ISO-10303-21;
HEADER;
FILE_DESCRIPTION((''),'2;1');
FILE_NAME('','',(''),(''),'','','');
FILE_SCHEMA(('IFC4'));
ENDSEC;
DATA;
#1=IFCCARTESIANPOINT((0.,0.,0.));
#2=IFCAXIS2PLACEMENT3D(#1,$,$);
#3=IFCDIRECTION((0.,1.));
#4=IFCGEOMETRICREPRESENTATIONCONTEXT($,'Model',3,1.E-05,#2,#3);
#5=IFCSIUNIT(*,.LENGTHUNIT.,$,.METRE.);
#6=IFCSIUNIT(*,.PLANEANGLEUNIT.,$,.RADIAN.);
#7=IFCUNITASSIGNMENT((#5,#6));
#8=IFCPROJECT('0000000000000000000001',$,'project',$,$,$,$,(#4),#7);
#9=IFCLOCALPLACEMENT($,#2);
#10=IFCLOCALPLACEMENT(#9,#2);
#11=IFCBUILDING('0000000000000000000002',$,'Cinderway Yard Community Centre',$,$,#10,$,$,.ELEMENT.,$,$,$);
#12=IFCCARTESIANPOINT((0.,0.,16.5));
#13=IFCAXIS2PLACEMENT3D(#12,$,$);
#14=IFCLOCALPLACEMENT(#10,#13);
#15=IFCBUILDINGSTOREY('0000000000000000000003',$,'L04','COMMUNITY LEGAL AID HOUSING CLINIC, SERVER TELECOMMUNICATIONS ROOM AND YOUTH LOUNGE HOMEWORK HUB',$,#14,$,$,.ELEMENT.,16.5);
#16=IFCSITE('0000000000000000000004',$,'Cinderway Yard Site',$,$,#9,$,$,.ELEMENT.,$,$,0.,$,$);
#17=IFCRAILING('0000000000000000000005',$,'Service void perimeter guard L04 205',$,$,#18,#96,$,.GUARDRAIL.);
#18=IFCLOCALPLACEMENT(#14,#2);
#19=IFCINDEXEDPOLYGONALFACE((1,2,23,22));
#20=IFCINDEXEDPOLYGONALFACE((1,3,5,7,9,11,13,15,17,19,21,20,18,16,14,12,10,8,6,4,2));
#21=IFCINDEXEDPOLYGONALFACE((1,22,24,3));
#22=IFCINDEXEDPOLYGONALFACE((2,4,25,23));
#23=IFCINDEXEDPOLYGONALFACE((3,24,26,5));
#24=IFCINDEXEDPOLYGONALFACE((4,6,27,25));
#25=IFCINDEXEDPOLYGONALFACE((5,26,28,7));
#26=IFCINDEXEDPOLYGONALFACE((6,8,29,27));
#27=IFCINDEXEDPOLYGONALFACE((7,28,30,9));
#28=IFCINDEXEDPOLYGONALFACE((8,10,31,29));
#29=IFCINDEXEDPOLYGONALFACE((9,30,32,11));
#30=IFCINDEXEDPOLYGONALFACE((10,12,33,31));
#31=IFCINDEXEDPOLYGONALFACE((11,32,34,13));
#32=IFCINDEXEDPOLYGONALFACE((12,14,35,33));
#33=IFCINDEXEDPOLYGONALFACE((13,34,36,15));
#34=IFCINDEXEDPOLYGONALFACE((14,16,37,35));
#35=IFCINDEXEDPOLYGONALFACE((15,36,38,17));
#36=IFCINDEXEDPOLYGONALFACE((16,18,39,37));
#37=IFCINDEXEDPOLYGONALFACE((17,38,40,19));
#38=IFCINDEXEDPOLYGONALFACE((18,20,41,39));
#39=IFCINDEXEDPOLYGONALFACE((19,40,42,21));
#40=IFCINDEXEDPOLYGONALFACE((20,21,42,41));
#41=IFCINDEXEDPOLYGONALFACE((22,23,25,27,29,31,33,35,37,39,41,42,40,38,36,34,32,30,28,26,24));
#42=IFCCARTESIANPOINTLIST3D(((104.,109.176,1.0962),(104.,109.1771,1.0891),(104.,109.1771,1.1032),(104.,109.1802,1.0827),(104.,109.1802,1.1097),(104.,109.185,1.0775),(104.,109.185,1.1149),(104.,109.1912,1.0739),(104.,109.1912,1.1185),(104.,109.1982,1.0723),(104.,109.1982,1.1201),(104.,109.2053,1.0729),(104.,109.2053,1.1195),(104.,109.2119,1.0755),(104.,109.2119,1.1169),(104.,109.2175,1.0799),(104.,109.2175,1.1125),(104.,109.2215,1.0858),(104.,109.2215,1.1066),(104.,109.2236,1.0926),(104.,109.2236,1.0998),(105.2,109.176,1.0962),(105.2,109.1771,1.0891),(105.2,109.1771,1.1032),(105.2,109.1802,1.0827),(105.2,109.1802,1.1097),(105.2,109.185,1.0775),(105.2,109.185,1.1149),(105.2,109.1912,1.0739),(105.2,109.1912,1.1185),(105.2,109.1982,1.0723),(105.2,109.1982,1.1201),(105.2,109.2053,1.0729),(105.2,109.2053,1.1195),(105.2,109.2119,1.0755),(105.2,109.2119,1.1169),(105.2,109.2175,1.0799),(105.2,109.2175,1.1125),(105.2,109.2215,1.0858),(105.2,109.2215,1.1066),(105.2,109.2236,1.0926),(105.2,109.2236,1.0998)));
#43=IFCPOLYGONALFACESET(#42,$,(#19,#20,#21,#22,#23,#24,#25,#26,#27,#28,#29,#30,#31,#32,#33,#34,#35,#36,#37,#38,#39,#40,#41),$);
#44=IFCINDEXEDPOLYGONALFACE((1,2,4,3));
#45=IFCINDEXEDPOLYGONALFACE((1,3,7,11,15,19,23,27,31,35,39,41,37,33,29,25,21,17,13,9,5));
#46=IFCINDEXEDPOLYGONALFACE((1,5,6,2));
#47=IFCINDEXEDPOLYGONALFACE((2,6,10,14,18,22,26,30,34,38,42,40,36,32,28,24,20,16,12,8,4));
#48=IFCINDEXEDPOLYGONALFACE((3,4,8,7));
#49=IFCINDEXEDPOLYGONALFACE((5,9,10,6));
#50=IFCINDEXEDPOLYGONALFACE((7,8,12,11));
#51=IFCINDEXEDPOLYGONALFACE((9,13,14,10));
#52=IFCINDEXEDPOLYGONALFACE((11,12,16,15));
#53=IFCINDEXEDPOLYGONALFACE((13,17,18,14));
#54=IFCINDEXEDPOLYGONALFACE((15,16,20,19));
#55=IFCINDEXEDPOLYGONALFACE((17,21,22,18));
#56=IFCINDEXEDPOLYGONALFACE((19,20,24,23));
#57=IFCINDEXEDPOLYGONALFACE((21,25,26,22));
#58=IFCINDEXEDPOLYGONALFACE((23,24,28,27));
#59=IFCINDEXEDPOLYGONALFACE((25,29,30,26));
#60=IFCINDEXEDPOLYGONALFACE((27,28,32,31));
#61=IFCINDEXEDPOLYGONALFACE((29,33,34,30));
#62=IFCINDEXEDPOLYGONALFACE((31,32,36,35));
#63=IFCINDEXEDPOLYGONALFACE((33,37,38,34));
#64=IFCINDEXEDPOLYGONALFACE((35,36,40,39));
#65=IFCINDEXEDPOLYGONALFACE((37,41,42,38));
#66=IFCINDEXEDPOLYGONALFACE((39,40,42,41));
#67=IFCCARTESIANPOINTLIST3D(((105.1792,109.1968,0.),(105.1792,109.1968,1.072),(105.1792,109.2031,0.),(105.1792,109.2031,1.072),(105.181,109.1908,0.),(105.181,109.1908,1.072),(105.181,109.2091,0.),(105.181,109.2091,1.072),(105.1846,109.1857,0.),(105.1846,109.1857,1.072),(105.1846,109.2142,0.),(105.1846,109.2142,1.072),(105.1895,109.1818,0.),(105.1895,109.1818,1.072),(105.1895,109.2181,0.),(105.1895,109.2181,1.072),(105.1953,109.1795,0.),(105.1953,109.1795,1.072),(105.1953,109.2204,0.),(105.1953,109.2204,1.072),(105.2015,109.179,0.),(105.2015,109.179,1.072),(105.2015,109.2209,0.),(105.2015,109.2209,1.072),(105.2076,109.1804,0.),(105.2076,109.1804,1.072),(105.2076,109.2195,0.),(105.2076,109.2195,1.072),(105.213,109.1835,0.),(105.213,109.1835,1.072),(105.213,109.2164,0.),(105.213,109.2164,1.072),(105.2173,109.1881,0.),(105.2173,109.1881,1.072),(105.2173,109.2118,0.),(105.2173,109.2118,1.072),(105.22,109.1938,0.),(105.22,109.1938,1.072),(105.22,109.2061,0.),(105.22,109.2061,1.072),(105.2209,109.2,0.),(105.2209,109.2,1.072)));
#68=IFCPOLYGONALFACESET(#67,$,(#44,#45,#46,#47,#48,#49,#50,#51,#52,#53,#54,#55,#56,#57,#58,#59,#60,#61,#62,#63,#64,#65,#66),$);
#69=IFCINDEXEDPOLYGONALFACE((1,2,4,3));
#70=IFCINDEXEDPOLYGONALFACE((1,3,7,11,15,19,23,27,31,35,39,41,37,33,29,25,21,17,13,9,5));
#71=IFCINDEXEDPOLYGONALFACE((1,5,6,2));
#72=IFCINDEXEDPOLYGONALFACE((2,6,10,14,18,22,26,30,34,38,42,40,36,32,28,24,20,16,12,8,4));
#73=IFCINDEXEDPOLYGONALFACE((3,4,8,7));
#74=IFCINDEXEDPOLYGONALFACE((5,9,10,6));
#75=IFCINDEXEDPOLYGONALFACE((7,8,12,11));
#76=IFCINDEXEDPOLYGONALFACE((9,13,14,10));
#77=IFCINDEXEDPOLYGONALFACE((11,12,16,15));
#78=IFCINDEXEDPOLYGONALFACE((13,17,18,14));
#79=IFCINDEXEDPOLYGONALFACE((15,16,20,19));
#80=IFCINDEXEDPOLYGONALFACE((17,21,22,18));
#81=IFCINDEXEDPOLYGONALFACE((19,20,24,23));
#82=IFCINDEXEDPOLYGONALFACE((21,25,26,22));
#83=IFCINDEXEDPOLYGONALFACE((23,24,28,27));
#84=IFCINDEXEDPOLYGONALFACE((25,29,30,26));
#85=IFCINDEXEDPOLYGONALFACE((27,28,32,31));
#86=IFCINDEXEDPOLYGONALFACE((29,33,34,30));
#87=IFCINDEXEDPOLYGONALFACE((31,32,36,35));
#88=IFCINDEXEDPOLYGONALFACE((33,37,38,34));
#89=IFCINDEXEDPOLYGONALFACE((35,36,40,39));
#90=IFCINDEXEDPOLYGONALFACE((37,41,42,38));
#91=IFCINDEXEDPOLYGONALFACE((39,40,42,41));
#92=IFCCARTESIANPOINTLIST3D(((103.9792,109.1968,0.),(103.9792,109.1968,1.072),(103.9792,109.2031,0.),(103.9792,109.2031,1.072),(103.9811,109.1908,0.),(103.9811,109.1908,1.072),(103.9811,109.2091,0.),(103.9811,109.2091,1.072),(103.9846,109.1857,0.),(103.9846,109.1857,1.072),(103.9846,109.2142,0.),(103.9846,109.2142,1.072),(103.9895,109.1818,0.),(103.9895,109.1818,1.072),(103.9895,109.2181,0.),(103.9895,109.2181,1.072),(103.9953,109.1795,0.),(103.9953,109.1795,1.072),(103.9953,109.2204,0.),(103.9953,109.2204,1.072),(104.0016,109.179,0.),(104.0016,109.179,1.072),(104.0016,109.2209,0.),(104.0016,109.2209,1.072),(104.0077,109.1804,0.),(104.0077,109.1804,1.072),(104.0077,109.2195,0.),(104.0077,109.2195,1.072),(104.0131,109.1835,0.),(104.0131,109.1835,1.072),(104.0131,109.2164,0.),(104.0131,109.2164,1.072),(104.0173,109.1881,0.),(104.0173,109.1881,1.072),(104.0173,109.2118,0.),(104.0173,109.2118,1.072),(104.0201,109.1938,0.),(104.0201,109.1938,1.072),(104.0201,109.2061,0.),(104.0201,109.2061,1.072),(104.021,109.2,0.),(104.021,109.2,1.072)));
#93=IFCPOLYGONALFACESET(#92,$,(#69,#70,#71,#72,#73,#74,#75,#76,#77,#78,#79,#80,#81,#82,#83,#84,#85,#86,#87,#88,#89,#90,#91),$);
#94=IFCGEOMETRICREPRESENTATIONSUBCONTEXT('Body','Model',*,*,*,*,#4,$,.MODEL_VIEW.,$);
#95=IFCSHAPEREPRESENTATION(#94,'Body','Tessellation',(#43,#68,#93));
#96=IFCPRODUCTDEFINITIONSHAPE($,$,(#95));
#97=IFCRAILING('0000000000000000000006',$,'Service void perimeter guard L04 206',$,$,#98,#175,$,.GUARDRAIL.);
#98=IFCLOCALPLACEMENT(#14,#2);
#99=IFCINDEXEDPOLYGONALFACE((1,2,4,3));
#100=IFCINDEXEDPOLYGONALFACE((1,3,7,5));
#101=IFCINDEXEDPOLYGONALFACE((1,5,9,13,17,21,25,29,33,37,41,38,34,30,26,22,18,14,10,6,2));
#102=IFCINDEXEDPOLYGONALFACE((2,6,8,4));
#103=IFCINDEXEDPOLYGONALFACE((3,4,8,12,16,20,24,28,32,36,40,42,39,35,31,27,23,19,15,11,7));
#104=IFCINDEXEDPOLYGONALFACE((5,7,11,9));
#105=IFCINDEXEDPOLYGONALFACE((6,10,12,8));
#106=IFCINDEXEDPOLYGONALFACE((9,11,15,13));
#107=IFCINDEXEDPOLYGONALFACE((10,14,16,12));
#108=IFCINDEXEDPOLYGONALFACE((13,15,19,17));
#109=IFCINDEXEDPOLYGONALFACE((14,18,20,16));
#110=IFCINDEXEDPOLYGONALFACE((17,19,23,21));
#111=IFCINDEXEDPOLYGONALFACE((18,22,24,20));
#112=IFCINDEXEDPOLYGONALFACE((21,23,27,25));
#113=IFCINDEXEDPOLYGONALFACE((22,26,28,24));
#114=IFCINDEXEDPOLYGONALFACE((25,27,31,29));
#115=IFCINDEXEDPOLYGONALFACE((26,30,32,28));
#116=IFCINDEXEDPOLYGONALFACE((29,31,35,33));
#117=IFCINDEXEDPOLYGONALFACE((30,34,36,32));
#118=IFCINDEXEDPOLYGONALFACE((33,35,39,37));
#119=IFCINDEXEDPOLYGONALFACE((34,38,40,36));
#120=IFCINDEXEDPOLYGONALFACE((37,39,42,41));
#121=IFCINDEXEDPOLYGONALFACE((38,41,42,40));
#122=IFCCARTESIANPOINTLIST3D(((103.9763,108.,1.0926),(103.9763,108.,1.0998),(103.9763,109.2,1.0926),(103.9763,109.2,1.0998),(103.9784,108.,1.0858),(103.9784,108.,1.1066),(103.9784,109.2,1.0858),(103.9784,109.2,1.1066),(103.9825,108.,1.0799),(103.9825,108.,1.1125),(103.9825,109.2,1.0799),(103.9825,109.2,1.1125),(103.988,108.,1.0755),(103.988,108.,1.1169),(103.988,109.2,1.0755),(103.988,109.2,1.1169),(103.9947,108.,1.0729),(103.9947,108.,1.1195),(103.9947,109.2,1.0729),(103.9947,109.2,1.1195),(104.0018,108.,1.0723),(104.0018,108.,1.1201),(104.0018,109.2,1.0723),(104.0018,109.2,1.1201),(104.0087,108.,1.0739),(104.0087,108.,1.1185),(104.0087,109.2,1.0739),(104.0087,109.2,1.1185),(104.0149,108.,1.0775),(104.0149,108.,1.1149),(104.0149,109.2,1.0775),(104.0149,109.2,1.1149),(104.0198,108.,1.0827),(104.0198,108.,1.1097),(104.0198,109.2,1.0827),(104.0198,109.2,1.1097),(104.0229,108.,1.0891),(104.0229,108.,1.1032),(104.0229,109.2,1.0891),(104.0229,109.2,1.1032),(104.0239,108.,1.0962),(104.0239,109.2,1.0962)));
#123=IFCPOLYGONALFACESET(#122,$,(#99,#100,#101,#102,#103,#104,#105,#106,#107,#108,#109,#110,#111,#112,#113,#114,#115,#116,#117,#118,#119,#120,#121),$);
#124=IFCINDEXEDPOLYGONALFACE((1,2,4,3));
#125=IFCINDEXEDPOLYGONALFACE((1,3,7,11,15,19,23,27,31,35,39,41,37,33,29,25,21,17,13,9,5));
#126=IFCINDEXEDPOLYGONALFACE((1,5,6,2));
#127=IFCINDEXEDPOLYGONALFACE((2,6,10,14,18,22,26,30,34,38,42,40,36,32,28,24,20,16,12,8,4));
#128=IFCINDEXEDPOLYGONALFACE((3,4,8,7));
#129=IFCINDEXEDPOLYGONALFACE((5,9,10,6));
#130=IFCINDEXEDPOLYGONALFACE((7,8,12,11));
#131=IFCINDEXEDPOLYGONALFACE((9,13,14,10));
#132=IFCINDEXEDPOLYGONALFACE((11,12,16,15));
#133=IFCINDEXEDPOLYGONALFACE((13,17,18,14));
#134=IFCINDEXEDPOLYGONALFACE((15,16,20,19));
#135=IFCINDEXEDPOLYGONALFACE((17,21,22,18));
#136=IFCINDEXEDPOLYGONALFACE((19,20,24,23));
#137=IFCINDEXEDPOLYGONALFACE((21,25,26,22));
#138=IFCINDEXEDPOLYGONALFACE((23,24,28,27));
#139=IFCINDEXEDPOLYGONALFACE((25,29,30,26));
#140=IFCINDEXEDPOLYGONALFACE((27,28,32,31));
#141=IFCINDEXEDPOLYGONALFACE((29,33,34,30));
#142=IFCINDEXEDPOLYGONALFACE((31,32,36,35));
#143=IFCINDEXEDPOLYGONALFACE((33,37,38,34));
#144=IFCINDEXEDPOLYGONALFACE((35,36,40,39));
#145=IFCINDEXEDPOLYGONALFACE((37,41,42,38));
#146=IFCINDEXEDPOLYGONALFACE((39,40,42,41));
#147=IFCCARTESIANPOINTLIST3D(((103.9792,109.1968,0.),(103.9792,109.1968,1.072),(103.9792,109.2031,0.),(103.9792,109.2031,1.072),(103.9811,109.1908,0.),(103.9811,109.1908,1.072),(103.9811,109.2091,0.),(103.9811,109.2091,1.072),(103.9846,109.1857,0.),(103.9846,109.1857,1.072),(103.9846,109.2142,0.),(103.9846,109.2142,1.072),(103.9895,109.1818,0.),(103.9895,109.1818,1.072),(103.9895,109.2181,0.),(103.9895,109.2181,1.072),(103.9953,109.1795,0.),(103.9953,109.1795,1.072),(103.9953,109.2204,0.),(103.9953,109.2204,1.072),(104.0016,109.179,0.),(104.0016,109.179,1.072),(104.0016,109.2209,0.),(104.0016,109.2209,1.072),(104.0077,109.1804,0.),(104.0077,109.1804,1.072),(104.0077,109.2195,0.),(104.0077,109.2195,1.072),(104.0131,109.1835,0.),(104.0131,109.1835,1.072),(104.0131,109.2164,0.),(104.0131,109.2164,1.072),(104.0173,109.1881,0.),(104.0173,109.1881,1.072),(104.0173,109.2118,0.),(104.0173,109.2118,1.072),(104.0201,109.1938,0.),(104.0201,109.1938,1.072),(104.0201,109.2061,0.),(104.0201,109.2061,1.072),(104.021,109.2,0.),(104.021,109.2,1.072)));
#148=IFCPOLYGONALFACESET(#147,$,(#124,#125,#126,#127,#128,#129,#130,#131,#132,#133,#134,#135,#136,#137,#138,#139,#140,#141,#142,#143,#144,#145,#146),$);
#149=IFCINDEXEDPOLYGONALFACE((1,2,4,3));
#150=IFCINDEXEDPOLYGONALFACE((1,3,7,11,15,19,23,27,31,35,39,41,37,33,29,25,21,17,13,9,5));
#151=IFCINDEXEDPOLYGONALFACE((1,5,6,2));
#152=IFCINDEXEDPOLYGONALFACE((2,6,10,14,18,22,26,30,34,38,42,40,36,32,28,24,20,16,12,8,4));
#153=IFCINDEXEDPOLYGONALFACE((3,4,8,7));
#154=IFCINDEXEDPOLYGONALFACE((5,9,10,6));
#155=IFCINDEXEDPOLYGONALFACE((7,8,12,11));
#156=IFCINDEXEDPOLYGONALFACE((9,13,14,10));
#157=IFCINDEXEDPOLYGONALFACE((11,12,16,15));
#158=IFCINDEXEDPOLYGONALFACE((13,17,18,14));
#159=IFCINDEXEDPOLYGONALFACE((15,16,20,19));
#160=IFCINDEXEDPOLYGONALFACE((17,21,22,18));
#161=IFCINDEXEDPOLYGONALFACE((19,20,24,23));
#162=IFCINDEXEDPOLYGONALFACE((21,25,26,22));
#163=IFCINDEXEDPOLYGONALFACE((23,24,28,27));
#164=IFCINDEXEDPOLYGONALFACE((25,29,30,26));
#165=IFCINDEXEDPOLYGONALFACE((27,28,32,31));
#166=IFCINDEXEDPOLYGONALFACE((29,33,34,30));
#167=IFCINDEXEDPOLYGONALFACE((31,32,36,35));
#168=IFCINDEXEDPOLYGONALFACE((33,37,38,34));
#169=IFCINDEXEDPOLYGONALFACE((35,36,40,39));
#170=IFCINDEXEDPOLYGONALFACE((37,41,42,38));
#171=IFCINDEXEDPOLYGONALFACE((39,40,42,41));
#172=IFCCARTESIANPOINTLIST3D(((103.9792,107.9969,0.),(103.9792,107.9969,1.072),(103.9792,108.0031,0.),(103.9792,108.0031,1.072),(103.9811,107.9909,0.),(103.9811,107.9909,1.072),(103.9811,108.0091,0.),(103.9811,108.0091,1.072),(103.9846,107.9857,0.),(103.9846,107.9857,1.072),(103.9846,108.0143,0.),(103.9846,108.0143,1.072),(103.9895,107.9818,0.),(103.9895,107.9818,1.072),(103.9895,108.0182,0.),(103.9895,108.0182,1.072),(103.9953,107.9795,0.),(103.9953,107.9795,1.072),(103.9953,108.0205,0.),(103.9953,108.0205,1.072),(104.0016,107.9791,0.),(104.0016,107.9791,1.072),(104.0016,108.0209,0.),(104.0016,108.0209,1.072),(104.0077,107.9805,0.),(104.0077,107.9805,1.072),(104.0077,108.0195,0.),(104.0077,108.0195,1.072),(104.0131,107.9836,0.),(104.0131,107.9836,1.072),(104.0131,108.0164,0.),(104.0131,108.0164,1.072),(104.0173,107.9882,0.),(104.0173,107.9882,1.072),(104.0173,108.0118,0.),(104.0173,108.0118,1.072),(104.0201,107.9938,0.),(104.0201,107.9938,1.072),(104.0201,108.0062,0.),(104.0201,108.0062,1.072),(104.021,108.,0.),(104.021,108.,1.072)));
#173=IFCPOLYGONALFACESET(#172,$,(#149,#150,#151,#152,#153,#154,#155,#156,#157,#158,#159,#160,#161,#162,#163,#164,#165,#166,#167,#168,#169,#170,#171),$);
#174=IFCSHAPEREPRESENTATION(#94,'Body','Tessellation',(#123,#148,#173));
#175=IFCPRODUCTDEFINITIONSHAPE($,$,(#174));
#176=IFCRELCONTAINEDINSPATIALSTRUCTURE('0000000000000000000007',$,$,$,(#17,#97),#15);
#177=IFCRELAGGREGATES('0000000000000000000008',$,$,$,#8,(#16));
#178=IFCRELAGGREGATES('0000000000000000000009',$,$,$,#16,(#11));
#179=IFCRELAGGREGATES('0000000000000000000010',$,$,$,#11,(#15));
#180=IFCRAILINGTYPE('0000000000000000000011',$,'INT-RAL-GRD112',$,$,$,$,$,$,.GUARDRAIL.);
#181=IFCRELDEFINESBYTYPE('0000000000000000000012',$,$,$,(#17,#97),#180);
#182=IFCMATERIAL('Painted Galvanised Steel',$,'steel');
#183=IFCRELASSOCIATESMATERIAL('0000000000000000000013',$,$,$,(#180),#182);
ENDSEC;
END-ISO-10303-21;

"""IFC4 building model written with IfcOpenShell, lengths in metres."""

from ifc_helpers import new_model, si_unit, direction, frame, origin, origin_2d, place, context, subcontext, project, spatial, circle, extrude, material, type_object, element, save


model = new_model("IFC4")

# Units and contexts
model_context = context("Model", 3, precision=1e-05, world=origin(), true_north=direction((0.0, 1.0)))
body_context = subcontext(model_context, "Body", "Model", "MODEL_VIEW")
ifc_project = project(units=[si_unit("LENGTHUNIT", "METRE"), si_unit("PLANEANGLEUNIT", "RADIAN")], contexts=[model_context])

# Site, building, storey
site_placement = place(None, origin())
site = spatial("IfcSite", under=ifc_project, at=site_placement, Name="Cinderway Yard Site", CompositionType="ELEMENT", RefElevation=0.0)
building_placement = place(site_placement, origin())
building = spatial("IfcBuilding", under=site, at=building_placement, Name="Cinderway Yard Community Centre", CompositionType="ELEMENT")
storey_placement = place(building_placement, frame((0.0, 0.0, 16.5)))
storey = spatial("IfcBuildingStorey", under=building, at=storey_placement, Name="L04", Description="COMMUNITY LEGAL AID HOUSING CLINIC, SERVER TELECOMMUNICATIONS ROOM AND YOUTH LOUNGE HOMEWORK HUB", CompositionType="ELEMENT", Elevation=16.5)

# Railings
ifc_material_1 = material(Name="Painted Galvanised Steel", Category="steel")
railing_type = type_object("IfcRailingType", Name="INT-RAL-GRD112", PredefinedType="GUARDRAIL", material=ifc_material_1)
railing_1_placement = place(storey_placement, frame((105.2, 109.2, 0.0)))
element("IfcRailing", 1, at=railing_1_placement, inside=storey, type_object=railing_type, Name="Service void perimeter guard L04 205", PredefinedType="GUARDRAIL", context=body_context, shape_type="SweptSolid", body=[
    extrude(circle(Radius=0.0239, at=origin_2d()), frame((0.0, 0.0, 1.0962), z_axis=(-1.0, 0.0, 0.0), x_axis=(0.0, -1.0, 0.0)), (0.0, 0.0, 1.0), 1.2),
    extrude(circle(Radius=0.021, at=origin_2d()), origin(), (0.0, 0.0, 1.0), 1.072),
    extrude(circle(Radius=0.021, at=origin_2d()), frame((-1.2, 0.0, 0.0)), (0.0, 0.0, 1.0), 1.072),
])
railing_2_placement = place(storey_placement, frame((104.0, 109.2, 0.0)))
element("IfcRailing", 2, at=railing_2_placement, inside=storey, type_object=railing_type, Name="Service void perimeter guard L04 206", PredefinedType="GUARDRAIL", context=body_context, shape_type="SweptSolid", body=[
    extrude(circle(Radius=0.0239, at=origin_2d()), frame((0.0, 0.0, 1.0962), z_axis=(0.0, -1.0, 0.0), x_axis=(1.0, 0.0, 0.0)), (0.0, 0.0, 1.0), 1.2),
    extrude(circle(Radius=0.021, at=origin_2d()), origin(), (0.0, 0.0, 1.0), 1.072),
    extrude(circle(Radius=0.021, at=origin_2d()), frame((0.0, -1.2, 0.0)), (0.0, 0.0, 1.0), 1.072),
])

save(model, "model.ifc")
